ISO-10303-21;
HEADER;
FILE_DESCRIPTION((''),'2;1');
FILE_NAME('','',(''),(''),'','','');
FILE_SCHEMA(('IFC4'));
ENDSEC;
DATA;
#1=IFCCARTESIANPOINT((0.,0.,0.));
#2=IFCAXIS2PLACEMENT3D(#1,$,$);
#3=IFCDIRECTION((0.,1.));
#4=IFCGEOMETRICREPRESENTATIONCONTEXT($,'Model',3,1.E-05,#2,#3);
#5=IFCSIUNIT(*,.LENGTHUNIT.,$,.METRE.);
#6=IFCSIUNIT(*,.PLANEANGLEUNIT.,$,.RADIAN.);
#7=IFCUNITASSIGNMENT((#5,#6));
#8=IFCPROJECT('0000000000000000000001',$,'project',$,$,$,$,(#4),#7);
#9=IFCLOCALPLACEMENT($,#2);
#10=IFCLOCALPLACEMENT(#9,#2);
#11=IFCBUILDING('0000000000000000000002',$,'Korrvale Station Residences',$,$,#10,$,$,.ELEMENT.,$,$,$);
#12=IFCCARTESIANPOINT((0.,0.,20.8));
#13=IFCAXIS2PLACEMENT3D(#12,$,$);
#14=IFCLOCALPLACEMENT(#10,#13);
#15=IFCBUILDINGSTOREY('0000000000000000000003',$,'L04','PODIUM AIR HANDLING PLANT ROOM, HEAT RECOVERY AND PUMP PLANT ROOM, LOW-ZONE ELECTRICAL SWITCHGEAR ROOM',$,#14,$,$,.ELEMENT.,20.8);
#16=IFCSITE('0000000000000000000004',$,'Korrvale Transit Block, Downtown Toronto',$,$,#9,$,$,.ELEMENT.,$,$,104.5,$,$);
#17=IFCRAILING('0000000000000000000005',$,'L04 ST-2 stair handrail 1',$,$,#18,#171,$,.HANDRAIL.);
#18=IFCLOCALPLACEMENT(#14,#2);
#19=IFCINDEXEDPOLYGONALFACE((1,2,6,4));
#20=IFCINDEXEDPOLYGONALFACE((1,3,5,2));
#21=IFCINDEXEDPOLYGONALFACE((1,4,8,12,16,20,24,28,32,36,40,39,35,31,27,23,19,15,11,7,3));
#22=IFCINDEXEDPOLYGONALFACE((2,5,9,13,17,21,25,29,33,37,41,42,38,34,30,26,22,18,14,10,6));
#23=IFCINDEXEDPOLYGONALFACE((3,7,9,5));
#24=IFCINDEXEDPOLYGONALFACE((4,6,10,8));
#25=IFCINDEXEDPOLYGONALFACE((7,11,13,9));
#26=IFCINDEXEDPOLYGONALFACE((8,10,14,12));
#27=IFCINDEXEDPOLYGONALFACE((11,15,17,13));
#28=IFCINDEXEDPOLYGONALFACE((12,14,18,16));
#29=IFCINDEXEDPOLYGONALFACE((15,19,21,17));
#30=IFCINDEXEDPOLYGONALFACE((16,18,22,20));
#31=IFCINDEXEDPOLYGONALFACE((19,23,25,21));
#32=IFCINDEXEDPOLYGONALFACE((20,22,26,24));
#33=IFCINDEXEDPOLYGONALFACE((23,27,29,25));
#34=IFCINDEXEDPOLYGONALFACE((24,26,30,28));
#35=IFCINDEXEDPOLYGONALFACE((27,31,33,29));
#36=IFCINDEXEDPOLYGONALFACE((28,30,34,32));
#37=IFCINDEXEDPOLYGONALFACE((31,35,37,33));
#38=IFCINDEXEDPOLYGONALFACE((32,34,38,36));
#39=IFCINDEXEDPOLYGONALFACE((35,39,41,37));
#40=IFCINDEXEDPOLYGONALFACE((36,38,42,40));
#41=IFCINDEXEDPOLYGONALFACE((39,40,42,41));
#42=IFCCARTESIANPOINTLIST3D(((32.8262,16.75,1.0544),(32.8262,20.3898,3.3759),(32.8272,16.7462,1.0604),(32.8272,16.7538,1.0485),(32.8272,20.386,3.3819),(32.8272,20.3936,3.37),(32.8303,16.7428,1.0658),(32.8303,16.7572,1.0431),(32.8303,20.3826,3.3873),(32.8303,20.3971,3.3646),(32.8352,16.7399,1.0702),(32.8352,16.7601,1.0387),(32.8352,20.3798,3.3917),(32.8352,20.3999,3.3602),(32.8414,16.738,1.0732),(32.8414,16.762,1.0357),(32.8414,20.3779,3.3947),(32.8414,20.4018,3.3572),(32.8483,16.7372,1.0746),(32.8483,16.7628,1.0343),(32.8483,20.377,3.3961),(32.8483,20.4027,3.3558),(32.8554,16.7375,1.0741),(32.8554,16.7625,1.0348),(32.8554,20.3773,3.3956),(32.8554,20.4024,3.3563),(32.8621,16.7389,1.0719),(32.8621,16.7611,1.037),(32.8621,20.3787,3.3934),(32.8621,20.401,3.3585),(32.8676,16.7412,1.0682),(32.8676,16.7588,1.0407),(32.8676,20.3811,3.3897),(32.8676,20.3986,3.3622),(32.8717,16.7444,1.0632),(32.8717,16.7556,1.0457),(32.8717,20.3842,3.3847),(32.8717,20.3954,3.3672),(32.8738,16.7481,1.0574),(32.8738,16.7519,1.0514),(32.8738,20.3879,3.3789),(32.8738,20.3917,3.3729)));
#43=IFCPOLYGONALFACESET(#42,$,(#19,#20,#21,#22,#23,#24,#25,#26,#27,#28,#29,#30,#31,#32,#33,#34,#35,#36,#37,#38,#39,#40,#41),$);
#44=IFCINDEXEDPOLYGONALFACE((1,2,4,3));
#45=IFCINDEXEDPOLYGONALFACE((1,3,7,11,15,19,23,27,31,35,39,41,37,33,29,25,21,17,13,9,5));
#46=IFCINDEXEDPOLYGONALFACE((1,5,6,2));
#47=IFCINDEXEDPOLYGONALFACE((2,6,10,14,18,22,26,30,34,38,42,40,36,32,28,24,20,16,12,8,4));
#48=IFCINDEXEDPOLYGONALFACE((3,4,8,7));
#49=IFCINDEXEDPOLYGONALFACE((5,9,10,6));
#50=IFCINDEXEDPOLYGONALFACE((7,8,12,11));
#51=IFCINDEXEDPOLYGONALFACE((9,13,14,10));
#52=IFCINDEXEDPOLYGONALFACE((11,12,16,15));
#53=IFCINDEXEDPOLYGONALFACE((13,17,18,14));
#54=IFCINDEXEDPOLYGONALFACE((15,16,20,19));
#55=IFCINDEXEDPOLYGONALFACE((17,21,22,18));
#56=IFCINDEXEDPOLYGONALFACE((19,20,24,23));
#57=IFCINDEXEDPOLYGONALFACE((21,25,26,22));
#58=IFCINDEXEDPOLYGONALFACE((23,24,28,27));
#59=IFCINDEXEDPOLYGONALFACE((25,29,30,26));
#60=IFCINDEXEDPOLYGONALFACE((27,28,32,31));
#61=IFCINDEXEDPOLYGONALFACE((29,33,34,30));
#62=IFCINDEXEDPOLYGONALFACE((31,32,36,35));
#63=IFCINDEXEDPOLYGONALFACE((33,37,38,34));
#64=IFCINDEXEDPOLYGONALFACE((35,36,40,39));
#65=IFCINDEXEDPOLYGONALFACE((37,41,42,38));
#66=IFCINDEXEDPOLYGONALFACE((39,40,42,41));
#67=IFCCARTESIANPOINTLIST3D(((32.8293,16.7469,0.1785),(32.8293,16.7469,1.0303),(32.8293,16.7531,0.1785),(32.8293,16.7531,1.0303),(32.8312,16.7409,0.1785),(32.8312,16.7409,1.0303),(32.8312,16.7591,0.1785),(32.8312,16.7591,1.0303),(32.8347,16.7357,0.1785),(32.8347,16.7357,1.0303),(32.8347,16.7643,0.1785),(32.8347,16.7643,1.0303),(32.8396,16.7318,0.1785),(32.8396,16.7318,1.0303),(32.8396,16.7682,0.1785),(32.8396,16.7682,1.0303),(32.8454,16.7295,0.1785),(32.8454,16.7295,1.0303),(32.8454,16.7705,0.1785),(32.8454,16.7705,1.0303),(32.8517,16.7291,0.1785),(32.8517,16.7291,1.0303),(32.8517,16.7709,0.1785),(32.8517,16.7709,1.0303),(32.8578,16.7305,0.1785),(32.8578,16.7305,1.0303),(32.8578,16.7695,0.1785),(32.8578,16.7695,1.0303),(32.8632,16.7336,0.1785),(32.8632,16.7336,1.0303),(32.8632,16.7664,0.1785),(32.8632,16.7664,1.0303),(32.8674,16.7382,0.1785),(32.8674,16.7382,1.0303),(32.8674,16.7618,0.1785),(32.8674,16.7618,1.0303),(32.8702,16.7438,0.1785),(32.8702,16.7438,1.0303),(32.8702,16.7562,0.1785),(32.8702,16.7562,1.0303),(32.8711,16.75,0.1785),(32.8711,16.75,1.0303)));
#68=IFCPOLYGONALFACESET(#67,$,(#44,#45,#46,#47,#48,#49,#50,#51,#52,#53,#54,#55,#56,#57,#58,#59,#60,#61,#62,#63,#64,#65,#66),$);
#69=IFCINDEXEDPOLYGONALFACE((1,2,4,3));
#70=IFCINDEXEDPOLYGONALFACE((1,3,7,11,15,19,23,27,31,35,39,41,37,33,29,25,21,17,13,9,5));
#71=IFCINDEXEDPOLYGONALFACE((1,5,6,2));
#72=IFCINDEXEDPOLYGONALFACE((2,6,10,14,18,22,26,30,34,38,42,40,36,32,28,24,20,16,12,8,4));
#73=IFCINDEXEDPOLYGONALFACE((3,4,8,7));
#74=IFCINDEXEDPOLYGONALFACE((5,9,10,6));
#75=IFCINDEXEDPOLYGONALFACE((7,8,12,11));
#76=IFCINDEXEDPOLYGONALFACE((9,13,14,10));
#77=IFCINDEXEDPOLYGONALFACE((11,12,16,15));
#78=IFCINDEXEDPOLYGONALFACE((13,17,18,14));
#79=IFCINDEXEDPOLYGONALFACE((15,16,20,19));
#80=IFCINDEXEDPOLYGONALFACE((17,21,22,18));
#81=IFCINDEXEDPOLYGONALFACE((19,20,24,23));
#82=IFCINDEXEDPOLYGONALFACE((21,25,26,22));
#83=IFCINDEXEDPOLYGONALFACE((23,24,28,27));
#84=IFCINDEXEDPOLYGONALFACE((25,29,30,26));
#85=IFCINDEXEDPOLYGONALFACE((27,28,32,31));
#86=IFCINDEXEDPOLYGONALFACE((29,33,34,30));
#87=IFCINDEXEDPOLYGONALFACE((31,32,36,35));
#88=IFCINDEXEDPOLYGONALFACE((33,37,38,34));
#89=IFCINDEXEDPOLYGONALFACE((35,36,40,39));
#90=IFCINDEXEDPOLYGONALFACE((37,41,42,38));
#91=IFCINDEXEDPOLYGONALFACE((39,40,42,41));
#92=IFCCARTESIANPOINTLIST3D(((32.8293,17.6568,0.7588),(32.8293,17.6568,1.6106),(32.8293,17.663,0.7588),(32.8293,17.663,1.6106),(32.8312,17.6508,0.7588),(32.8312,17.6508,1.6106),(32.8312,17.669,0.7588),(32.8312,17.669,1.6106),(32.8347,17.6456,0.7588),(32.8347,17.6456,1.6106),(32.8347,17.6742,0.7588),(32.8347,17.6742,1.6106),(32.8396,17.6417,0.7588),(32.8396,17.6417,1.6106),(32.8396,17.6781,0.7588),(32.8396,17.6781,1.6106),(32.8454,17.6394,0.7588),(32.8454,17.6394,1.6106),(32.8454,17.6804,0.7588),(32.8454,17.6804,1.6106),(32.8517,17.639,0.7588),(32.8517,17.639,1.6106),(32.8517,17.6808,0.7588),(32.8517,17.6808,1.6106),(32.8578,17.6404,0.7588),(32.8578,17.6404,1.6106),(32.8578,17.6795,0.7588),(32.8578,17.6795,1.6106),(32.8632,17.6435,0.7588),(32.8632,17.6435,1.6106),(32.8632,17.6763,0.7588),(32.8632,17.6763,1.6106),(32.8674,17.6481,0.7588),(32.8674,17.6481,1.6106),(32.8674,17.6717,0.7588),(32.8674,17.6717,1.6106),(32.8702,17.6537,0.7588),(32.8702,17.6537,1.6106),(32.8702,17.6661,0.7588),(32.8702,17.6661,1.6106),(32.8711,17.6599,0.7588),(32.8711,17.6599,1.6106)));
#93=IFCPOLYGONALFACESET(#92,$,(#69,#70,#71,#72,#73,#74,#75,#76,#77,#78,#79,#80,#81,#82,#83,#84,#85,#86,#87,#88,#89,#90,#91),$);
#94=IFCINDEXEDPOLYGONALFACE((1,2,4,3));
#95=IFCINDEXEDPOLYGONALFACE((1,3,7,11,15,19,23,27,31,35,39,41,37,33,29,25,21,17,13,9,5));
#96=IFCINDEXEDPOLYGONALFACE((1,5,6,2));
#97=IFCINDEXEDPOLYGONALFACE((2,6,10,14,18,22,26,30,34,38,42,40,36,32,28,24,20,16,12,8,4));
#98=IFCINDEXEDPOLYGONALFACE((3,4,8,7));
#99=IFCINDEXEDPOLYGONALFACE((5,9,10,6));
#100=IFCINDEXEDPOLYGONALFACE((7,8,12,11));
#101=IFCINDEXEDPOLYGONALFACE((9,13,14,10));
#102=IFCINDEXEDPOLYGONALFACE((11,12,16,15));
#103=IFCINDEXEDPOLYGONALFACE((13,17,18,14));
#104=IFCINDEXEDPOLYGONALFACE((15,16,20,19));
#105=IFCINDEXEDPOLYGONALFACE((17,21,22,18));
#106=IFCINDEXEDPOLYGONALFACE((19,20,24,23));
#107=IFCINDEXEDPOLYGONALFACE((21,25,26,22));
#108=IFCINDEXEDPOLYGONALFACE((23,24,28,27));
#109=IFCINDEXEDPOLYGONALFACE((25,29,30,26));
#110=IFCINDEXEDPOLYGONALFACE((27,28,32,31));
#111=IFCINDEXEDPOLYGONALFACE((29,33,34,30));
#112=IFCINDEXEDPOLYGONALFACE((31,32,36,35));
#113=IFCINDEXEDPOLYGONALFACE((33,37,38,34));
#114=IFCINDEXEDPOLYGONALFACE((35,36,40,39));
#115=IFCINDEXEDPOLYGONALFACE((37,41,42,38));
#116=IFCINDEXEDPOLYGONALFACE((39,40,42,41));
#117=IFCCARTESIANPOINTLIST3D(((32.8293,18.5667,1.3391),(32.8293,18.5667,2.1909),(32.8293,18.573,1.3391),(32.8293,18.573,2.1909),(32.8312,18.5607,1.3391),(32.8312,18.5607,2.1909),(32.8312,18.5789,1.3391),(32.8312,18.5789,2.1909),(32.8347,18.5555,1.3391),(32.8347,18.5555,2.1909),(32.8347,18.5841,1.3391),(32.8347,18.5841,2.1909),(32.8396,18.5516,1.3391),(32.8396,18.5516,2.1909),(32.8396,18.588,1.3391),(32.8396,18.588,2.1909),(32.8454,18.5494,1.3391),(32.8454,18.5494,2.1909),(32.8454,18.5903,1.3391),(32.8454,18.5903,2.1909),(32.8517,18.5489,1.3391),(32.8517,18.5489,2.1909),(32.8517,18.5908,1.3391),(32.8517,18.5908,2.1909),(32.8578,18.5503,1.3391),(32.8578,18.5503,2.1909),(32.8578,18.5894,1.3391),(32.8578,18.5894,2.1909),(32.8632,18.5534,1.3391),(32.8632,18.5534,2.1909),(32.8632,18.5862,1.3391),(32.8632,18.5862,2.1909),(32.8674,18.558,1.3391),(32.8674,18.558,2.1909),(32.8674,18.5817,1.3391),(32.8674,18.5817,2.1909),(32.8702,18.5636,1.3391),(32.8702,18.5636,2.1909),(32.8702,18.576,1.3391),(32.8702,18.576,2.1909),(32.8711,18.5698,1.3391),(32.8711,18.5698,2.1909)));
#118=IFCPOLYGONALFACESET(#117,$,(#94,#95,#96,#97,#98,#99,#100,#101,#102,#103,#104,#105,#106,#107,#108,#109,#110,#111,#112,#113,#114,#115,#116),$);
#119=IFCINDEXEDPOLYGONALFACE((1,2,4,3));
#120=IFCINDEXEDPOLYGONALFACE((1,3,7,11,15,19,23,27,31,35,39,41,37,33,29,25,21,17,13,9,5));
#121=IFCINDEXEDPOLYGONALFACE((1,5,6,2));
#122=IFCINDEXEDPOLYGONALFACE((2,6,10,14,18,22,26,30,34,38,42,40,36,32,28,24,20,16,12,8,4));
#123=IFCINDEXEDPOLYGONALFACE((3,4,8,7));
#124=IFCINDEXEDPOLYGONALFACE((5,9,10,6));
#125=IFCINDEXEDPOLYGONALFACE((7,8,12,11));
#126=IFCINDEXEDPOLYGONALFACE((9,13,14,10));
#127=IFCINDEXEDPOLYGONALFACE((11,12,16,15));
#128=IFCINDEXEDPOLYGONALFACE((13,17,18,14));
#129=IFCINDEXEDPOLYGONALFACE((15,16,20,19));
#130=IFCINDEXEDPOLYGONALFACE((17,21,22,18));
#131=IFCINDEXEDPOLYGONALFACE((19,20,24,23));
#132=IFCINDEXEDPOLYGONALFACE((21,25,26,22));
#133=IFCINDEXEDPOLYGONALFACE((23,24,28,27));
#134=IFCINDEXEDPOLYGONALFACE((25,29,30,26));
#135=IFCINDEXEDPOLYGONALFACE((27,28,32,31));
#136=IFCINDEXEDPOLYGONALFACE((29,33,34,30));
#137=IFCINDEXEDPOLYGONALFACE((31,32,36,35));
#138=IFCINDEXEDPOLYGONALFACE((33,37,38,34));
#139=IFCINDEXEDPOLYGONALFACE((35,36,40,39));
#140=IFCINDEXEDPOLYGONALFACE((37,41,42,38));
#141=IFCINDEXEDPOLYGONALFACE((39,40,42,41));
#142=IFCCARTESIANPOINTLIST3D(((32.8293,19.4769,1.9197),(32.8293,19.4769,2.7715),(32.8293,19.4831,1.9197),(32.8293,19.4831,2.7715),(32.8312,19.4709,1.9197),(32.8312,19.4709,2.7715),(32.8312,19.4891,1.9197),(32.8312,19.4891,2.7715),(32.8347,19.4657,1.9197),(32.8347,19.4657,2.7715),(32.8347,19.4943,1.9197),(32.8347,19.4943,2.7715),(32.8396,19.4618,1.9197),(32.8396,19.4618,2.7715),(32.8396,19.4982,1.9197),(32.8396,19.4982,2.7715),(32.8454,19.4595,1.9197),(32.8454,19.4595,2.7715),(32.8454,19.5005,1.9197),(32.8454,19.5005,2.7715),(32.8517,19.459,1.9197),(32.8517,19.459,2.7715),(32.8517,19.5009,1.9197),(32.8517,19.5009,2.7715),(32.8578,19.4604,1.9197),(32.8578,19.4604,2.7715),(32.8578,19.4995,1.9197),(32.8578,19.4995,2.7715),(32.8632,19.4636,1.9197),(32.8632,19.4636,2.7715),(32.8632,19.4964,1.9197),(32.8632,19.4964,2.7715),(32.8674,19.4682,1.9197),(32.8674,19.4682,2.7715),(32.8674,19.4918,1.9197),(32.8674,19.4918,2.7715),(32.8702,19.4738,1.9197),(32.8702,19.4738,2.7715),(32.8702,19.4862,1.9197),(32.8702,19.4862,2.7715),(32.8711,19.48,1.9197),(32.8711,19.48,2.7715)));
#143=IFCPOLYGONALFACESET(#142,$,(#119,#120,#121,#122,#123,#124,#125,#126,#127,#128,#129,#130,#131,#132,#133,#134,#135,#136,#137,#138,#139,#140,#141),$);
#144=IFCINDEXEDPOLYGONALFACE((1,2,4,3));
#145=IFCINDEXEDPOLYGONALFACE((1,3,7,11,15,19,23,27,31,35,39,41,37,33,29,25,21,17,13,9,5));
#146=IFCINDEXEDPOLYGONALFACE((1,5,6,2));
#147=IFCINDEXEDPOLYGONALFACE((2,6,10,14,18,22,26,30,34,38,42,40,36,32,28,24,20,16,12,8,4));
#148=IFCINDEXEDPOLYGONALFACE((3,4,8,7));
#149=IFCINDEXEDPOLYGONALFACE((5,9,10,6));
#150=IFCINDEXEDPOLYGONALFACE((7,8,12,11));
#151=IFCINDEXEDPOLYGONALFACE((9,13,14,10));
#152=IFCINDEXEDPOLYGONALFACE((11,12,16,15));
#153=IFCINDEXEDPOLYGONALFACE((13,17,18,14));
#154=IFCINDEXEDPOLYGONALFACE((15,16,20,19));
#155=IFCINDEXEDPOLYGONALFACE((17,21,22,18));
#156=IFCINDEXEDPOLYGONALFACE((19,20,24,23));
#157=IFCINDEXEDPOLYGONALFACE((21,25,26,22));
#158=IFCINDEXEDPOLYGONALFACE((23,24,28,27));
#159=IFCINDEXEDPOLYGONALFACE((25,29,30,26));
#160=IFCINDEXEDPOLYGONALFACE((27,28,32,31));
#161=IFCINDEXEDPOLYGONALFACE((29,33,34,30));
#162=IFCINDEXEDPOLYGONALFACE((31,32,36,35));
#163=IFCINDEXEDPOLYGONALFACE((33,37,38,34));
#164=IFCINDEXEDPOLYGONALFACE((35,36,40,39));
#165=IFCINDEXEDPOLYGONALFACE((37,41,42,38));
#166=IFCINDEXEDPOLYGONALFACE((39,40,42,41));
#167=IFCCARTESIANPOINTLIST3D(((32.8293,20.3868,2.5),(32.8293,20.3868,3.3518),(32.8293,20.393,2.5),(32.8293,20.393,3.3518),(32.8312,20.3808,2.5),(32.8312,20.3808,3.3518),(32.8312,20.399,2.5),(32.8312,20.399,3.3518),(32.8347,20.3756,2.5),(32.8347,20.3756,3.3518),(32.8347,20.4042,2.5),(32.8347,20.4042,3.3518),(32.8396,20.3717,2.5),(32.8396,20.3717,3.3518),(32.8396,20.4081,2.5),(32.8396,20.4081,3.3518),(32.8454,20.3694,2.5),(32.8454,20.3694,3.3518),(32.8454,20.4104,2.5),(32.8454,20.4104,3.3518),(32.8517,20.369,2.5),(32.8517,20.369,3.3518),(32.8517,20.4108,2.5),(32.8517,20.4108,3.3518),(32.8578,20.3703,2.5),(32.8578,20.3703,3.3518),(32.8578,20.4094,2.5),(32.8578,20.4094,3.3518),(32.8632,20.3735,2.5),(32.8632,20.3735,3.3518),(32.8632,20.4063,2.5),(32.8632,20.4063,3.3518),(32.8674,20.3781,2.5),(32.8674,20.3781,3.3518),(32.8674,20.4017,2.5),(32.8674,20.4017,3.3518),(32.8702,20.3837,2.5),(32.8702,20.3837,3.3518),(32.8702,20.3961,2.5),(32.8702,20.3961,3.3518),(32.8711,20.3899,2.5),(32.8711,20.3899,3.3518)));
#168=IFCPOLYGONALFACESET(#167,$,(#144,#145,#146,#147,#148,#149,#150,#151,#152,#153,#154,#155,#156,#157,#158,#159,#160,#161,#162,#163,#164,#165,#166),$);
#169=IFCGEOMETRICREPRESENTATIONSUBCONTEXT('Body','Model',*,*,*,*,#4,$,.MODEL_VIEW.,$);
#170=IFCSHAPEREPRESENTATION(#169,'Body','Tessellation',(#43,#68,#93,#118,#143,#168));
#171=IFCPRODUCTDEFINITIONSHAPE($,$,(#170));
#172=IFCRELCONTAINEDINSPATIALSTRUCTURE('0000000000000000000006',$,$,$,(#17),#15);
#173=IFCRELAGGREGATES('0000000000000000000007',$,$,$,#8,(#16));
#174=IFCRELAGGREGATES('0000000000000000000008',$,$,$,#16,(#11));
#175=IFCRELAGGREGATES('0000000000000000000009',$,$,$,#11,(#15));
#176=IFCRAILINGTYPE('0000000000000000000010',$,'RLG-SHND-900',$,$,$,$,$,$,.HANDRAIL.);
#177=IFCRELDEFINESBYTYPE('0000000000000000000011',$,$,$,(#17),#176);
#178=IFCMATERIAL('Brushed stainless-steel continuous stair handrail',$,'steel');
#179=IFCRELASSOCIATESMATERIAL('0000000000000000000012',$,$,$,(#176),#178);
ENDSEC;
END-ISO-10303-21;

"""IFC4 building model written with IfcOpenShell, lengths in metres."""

from ifc_helpers import new_model, si_unit, direction, frame, origin, origin_2d, place, context, subcontext, project, spatial, circle, extrude, material, type_object, element, save


model = new_model("IFC4")

# Units and contexts
model_context = context("Model", 3, precision=1e-05, world=origin(), true_north=direction((0.0, 1.0)))
body_context = subcontext(model_context, "Body", "Model", "MODEL_VIEW")
ifc_project = project(units=[si_unit("LENGTHUNIT", "METRE"), si_unit("PLANEANGLEUNIT", "RADIAN")], contexts=[model_context])

# Site, building, storey
site_placement = place(None, origin())
site = spatial("IfcSite", under=ifc_project, at=site_placement, Name="Korrvale Transit Block, Downtown Toronto", CompositionType="ELEMENT", RefElevation=104.5)
building_placement = place(site_placement, origin())
building = spatial("IfcBuilding", under=site, at=building_placement, Name="Korrvale Station Residences", CompositionType="ELEMENT")
storey_placement = place(building_placement, frame((0.0, 0.0, 20.8)))
storey = spatial("IfcBuildingStorey", under=building, at=storey_placement, Name="L04", Description="PODIUM AIR HANDLING PLANT ROOM, HEAT RECOVERY AND PUMP PLANT ROOM, LOW-ZONE ELECTRICAL SWITCHGEAR ROOM", CompositionType="ELEMENT", Elevation=20.8)

# Railing
ifc_material_1 = material(Name="Brushed stainless-steel continuous stair handrail", Category="steel")
railing_type_1 = type_object("IfcRailingType", Name="RLG-SHND-900", PredefinedType="HANDRAIL", material=ifc_material_1)
railing_1_placement = place(storey_placement, frame((32.8501, 16.75, 0.1785)))
element("IfcRailing", 1, at=railing_1_placement, inside=storey, type_object=railing_type_1, Name="L04 ST-2 stair handrail 1", PredefinedType="HANDRAIL", context=body_context, shape_type="SweptSolid", body=[
    extrude(circle(Radius=0.0239, at=origin_2d()), frame((0.0, 0.0, 0.876), z_axis=(0.0, 0.843112, 0.537739), x_axis=(-1.0, 0.0, 0.0)), (0.0, 0.0, 1.0), 4.3171),
    extrude(circle(Radius=0.021, at=origin_2d()), origin(), (0.0, 0.0, 1.0), 0.8518),
    extrude(circle(Radius=0.021, at=origin_2d()), frame((0.0, 0.9099, 0.5803)), (0.0, 0.0, 1.0), 0.8518),
    extrude(circle(Radius=0.021, at=origin_2d()), frame((0.0, 1.8198, 1.1606)), (0.0, 0.0, 1.0), 0.8518),
    extrude(circle(Radius=0.021, at=origin_2d()), frame((0.0, 2.73, 1.7412)), (0.0, 0.0, 1.0), 0.8518),
    extrude(circle(Radius=0.021, at=origin_2d()), frame((0.0, 3.6399, 2.3215)), (0.0, 0.0, 1.0), 0.8518),
])

save(model, "model.ifc")
